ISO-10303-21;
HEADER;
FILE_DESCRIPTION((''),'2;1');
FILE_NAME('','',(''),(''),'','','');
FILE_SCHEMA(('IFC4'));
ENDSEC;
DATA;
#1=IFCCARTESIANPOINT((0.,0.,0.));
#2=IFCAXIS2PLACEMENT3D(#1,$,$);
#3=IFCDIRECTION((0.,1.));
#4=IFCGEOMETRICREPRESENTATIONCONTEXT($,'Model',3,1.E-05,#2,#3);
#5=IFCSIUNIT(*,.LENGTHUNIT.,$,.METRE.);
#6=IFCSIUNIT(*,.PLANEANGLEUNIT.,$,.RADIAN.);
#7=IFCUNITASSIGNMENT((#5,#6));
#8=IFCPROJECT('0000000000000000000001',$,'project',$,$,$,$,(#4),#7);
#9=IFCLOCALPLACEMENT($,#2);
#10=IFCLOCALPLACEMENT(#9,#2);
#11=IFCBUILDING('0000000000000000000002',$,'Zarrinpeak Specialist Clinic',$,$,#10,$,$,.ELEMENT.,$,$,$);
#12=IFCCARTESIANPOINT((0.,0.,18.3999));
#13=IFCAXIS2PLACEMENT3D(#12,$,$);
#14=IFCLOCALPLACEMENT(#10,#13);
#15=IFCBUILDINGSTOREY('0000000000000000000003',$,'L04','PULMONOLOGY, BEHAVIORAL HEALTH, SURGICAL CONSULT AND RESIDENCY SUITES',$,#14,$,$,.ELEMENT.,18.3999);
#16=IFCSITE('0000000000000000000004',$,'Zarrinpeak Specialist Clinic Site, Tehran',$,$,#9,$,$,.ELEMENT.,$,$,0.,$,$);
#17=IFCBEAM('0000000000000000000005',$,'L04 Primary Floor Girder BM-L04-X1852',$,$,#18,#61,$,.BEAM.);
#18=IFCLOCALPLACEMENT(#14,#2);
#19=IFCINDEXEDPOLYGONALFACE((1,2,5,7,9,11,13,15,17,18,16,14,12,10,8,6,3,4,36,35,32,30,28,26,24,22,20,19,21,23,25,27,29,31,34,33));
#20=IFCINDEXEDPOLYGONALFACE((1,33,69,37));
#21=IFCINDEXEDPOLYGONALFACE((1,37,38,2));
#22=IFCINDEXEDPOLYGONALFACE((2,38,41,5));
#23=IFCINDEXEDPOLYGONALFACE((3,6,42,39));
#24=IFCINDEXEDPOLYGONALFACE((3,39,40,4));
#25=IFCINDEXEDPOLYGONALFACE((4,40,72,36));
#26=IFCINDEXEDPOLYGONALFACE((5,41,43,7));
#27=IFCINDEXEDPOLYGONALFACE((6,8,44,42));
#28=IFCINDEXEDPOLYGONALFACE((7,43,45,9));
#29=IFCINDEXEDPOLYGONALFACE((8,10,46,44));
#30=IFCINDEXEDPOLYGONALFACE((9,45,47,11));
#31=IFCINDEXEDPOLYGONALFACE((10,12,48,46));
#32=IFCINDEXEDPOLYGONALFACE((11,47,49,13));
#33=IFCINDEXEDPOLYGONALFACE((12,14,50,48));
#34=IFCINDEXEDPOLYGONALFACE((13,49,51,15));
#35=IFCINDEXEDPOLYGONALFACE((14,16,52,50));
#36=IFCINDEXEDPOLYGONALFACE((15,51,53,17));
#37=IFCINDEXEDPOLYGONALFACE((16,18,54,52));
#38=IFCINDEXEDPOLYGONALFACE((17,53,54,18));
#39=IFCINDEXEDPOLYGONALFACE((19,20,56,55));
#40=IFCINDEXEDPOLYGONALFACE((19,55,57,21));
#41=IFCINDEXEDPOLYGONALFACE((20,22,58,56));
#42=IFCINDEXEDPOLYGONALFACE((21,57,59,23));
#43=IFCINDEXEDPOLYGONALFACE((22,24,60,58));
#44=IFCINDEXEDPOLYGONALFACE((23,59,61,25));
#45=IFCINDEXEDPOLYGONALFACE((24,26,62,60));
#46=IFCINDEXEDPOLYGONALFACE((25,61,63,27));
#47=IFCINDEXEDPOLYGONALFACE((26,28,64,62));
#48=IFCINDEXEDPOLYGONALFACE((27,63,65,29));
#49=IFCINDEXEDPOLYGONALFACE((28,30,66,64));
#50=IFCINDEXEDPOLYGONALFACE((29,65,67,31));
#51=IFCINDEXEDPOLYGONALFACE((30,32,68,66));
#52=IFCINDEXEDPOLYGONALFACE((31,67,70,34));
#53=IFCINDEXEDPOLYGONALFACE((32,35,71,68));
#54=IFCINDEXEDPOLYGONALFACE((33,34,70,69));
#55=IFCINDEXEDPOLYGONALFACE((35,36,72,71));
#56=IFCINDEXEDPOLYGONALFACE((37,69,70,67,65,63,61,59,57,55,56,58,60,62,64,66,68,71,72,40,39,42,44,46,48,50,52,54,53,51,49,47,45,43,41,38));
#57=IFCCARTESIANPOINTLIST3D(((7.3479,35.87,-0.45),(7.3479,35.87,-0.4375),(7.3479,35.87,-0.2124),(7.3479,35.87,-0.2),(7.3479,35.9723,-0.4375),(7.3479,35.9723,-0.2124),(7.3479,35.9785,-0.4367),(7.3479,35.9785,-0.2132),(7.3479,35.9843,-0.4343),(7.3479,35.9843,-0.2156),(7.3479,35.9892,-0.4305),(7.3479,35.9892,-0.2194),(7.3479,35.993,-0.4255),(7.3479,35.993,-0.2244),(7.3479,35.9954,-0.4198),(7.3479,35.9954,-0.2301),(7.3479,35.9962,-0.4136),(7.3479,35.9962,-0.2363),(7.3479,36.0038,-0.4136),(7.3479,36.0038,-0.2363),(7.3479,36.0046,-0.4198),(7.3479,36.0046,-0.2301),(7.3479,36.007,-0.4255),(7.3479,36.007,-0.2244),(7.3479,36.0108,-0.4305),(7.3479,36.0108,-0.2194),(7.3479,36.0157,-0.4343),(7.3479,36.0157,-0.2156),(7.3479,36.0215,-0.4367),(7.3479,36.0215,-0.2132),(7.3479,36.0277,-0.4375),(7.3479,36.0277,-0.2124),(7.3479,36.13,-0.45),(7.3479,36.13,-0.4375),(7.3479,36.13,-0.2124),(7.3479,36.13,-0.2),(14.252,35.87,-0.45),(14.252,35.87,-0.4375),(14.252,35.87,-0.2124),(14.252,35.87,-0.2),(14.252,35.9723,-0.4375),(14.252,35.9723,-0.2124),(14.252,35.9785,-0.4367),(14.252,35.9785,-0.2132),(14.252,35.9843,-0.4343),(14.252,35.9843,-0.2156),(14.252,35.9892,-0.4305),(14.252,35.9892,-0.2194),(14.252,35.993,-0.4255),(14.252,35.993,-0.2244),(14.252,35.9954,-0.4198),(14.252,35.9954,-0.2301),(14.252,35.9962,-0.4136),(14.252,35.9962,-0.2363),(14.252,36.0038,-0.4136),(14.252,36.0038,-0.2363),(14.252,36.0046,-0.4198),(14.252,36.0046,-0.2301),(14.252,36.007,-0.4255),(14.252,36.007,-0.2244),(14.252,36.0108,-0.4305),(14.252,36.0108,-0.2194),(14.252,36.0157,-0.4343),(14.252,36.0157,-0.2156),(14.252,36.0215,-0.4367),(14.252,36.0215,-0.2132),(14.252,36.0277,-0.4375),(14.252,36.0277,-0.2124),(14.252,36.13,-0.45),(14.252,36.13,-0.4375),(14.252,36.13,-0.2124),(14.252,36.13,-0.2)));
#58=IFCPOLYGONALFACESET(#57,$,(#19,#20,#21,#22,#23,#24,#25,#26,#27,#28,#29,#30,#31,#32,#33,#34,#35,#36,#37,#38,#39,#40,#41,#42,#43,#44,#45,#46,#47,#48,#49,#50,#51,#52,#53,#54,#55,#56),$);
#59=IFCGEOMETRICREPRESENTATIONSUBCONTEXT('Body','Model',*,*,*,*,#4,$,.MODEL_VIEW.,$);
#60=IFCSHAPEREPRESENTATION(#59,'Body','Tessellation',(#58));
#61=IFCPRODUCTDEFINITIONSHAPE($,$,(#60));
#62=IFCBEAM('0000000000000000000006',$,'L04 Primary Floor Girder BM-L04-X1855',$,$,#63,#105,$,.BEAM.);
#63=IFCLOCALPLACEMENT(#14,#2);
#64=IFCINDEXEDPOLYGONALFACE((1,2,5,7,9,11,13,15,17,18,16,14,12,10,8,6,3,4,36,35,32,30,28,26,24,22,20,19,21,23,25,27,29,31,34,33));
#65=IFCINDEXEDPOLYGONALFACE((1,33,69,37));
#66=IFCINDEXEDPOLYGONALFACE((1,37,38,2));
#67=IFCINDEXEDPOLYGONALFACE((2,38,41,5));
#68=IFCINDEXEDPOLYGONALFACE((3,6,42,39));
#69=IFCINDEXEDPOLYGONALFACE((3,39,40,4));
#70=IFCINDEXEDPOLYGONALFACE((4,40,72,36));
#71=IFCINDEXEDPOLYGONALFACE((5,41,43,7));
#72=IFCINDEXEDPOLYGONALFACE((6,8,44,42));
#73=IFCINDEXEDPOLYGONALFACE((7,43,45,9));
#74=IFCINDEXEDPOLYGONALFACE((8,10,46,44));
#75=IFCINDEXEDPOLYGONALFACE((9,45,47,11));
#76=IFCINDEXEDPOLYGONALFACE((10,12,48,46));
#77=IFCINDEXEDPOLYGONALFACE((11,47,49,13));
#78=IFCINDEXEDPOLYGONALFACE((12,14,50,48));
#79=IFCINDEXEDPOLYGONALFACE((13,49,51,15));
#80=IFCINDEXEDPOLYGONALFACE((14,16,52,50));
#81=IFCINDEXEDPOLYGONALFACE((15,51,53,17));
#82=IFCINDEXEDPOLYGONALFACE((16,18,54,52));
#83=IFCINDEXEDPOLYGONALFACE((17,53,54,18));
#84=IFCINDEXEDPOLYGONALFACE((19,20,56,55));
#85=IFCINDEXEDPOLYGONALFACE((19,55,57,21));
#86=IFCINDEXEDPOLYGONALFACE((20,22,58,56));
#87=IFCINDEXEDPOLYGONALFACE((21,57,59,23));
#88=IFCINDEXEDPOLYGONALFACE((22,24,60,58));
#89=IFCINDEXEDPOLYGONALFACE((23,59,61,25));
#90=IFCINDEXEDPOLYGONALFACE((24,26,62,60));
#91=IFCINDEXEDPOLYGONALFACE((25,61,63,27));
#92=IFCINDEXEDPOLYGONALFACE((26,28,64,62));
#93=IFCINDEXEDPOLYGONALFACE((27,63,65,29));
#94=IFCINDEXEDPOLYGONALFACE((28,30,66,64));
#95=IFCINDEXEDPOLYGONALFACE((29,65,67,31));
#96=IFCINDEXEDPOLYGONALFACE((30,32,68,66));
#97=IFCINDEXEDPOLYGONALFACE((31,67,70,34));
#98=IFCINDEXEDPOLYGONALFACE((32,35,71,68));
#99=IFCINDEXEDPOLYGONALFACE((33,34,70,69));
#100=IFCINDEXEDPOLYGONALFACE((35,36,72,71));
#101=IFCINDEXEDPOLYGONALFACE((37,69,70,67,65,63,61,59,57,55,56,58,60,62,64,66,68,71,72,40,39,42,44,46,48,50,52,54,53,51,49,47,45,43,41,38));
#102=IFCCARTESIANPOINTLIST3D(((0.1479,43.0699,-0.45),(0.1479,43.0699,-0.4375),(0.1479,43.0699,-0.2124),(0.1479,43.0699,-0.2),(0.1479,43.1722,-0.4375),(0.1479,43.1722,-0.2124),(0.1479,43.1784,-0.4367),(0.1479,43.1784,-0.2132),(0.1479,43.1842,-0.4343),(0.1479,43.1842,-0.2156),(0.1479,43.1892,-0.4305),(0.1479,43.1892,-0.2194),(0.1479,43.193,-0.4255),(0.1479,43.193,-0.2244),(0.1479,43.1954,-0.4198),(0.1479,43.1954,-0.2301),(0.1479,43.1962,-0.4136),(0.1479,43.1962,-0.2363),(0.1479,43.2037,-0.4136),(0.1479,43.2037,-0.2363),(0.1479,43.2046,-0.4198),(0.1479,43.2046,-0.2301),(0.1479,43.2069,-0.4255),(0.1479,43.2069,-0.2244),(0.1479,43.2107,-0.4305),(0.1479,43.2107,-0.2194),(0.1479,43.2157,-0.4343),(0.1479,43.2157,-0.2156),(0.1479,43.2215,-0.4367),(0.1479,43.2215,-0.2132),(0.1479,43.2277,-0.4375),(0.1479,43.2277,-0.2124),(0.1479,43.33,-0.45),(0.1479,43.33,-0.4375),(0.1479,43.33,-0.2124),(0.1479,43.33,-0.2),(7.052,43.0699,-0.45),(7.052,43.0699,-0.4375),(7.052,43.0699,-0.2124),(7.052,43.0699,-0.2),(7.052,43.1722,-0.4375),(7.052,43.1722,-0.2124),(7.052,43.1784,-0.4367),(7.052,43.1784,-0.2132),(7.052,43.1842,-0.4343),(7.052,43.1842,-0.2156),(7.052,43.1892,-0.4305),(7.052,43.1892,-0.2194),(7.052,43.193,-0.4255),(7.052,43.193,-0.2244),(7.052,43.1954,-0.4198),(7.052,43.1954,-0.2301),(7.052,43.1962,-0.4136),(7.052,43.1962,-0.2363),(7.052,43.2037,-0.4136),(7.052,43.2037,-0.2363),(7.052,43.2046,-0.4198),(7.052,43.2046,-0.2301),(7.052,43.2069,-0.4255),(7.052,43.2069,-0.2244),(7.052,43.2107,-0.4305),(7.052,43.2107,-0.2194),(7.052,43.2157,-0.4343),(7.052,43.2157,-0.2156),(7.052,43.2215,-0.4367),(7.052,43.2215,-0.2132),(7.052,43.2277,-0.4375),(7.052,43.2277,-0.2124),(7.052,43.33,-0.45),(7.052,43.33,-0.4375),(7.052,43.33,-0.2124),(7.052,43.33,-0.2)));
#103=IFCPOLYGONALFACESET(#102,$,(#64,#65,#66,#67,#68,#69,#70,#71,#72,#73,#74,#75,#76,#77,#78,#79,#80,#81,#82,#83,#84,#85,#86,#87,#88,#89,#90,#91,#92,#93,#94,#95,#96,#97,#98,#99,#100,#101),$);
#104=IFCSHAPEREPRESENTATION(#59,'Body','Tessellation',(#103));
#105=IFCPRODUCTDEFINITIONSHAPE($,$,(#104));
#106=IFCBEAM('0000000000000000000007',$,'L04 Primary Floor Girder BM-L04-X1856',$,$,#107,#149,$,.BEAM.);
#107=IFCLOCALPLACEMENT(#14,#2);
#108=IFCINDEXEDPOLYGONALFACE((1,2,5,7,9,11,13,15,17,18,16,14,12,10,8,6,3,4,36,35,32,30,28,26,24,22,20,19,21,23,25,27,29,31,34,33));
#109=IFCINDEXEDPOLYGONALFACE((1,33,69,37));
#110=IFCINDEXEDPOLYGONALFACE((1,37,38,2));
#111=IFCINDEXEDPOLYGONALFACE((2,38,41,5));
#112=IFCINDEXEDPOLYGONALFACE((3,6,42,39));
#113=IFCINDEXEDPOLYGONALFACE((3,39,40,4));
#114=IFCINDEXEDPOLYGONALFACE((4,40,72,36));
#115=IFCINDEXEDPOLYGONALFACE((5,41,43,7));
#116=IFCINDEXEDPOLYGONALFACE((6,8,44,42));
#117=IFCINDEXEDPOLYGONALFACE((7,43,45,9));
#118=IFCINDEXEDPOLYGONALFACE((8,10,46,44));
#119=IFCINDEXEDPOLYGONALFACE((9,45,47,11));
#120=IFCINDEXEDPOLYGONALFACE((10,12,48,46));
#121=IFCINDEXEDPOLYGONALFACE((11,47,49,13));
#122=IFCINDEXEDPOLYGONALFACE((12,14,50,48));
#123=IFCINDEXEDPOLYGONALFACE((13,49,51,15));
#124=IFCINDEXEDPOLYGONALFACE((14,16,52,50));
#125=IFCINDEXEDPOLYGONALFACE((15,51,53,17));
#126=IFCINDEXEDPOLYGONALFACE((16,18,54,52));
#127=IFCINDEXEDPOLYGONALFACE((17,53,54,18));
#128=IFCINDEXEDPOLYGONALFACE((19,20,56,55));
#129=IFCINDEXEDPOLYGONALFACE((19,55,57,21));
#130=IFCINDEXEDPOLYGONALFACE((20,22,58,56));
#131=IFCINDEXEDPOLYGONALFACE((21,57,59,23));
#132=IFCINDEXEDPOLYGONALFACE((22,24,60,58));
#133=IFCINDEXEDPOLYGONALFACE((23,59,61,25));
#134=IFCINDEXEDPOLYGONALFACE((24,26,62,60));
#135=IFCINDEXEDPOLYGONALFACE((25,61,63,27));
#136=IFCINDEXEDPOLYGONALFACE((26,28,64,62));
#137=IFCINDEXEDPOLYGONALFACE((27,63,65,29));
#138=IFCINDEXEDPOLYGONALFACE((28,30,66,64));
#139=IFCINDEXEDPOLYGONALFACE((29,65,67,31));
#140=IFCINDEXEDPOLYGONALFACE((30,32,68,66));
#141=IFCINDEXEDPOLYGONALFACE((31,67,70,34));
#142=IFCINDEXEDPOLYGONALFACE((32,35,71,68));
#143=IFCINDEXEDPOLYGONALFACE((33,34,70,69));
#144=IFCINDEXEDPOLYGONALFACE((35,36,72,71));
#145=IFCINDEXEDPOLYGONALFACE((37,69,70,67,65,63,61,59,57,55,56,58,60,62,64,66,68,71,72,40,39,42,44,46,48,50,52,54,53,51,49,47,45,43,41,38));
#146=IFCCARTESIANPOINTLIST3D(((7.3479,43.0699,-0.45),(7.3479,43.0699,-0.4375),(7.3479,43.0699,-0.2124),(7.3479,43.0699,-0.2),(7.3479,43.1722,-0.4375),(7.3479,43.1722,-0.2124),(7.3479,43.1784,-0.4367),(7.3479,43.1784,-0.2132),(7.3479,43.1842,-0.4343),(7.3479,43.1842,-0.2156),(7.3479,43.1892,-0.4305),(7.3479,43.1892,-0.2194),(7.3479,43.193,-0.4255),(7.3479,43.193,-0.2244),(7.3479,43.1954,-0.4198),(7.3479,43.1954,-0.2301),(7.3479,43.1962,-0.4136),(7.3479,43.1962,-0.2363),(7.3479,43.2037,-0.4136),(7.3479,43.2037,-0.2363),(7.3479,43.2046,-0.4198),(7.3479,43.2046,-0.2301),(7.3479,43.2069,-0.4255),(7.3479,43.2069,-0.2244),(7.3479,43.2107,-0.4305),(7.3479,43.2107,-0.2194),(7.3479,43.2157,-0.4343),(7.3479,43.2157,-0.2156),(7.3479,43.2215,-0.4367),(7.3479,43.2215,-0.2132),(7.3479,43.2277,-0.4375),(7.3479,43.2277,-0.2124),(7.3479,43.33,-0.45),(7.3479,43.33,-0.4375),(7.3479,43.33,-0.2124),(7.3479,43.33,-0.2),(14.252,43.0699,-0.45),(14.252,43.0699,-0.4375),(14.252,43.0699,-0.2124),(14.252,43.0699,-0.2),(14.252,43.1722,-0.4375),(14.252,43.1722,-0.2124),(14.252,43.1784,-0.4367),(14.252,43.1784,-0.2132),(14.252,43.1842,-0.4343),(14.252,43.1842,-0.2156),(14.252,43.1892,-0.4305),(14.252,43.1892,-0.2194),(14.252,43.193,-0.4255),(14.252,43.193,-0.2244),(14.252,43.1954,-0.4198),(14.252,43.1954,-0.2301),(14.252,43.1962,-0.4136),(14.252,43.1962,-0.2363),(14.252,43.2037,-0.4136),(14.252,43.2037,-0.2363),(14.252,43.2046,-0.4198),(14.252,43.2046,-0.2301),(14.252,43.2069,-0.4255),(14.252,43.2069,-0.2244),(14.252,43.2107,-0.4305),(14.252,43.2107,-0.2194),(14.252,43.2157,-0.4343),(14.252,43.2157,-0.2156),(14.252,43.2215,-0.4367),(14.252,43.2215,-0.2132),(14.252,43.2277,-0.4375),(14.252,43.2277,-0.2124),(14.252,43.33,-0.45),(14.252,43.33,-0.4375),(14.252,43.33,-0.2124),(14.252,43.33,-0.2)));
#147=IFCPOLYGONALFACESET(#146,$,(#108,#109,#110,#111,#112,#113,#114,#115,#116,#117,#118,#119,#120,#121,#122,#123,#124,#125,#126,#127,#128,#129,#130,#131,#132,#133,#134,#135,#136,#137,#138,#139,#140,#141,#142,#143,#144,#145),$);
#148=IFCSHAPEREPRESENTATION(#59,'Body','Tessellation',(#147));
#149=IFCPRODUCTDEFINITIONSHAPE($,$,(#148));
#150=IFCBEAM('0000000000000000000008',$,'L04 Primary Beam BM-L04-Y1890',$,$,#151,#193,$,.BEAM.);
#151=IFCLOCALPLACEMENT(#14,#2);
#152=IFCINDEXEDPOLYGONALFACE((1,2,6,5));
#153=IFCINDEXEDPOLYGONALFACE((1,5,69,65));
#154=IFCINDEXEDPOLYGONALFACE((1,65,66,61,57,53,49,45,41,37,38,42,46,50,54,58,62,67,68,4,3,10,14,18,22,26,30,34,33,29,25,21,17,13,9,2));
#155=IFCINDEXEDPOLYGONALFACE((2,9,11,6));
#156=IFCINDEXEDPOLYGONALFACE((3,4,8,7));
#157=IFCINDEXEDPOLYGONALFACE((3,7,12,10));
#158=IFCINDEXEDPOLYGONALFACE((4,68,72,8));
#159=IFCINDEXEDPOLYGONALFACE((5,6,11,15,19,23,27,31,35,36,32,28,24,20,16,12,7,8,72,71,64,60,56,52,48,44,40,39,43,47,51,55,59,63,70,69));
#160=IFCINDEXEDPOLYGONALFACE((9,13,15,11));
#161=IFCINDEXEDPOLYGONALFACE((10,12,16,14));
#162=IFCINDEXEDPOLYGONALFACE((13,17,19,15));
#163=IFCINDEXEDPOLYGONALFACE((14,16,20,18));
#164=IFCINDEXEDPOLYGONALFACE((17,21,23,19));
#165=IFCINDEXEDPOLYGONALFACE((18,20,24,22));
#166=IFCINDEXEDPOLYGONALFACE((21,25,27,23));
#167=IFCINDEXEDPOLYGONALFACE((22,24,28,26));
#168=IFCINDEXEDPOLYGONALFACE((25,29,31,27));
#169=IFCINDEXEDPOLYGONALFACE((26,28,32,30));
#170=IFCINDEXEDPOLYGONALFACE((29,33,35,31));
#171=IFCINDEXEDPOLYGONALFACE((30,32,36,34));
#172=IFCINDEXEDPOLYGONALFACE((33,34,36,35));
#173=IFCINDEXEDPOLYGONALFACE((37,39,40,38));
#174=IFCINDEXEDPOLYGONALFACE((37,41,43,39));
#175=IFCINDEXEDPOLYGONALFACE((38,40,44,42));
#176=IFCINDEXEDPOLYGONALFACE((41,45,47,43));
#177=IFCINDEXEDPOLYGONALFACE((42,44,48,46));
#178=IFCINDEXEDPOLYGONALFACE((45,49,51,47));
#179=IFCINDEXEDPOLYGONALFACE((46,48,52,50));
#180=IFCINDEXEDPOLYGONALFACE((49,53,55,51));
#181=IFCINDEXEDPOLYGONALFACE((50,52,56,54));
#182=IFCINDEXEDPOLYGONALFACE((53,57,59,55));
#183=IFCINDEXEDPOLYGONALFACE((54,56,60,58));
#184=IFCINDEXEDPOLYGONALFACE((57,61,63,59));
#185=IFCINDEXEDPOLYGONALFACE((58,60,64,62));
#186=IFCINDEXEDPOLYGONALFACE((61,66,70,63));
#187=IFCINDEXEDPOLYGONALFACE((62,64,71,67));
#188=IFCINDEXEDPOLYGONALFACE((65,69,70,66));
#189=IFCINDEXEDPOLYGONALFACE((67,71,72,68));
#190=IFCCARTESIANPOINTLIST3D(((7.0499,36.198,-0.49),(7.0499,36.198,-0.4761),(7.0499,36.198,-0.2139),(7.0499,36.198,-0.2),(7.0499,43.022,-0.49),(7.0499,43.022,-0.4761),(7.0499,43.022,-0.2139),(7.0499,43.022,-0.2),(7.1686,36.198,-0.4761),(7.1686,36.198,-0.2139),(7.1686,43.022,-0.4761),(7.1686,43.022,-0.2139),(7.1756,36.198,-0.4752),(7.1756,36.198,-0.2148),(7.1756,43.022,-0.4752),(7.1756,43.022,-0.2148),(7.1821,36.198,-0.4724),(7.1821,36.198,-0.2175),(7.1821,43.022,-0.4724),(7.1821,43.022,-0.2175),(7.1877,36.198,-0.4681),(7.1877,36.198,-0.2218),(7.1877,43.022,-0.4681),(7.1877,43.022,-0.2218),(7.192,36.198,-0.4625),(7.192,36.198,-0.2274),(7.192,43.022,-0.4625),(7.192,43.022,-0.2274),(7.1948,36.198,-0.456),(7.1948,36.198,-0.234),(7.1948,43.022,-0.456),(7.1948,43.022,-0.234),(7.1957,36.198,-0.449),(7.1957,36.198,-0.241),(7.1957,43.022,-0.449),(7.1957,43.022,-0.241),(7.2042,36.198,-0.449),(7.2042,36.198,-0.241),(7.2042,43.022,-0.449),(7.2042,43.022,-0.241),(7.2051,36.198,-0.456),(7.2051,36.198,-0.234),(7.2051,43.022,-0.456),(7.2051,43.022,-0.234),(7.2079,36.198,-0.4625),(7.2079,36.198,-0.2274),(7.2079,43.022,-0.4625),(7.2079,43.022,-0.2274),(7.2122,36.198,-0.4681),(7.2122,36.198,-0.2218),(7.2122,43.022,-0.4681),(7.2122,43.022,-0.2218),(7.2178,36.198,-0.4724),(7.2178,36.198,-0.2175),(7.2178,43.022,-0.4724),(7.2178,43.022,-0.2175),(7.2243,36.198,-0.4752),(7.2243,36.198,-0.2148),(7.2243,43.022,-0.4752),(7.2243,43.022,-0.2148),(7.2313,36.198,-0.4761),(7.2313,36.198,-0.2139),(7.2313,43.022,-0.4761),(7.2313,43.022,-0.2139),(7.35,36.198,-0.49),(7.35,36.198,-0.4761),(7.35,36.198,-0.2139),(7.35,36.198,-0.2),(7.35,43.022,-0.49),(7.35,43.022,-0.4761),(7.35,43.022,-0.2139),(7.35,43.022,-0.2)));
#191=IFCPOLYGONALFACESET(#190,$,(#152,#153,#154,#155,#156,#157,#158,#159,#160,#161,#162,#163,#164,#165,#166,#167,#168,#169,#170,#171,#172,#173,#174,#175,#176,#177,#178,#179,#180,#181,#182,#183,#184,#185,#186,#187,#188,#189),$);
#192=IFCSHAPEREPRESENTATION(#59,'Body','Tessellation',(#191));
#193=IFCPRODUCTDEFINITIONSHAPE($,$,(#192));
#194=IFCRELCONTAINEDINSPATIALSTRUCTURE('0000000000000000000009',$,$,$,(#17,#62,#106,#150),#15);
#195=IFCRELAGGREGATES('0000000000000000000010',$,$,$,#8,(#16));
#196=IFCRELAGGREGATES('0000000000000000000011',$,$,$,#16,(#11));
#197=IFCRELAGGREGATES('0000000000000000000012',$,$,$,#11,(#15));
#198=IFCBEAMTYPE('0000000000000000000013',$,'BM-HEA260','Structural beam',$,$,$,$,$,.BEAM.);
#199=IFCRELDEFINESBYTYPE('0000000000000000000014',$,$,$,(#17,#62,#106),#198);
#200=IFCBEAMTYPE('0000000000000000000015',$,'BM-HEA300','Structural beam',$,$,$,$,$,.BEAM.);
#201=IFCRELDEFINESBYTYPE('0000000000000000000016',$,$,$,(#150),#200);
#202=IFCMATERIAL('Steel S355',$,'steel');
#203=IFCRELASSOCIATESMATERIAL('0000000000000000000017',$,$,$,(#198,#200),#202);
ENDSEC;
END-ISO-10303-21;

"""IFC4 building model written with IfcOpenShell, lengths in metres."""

from ifc_helpers import new_model, si_unit, direction, frame, origin, origin_2d, place, context, subcontext, project, spatial, i_section, extrude, material, material_profile, profile_set, type_object, element, save


model = new_model("IFC4")

# Units and contexts
model_context = context("Model", 3, precision=1e-05, world=origin(), true_north=direction((0.0, 1.0)))
body_context = subcontext(model_context, "Body", "Model", "MODEL_VIEW")
ifc_project = project(units=[si_unit("LENGTHUNIT", "METRE"), si_unit("PLANEANGLEUNIT", "RADIAN")], contexts=[model_context])

# Site, building, storey
site_placement = place(None, origin())
site = spatial("IfcSite", under=ifc_project, at=site_placement, Name="Zarrinpeak Specialist Clinic Site, Tehran", CompositionType="ELEMENT", RefElevation=0.0)
building_placement = place(site_placement, origin())
building = spatial("IfcBuilding", under=site, at=building_placement, Name="Zarrinpeak Specialist Clinic", CompositionType="ELEMENT")
storey_placement = place(building_placement, frame((0.0, 0.0, 18.3999)))
storey = spatial("IfcBuildingStorey", under=building, at=storey_placement, Name="L04", Description="PULMONOLOGY, BEHAVIORAL HEALTH, SURGICAL CONSULT AND RESIDENCY SUITES", CompositionType="ELEMENT", Elevation=18.3999)

# Shared definitions
ifc_material_1 = material(Name="Steel S355", Category="steel")

# Beams
ifc_material_profile_1 = material_profile(ifc_material_1, i_section(OverallWidth=0.26, OverallDepth=0.25, WebThickness=0.0076, FlangeThickness=0.0125, FilletRadius=0.0239, at=origin_2d()), Name="HEA 260")
ifc_profile_set_1 = profile_set([ifc_material_profile_1], Name="Steel S355")
beam_type_1 = type_object("IfcBeamType", Name="BM-HEA260", Description="Structural beam", PredefinedType="BEAM", material=ifc_profile_set_1)
for number, where, z_axis, x_axis, name in (
    (1, (7.3479, 36.0, -0.325), (1.0, 0.0, 0.0), (0.0, 1.0, 0.0), "L04 Primary Floor Girder BM-L04-X1852"),
    (2, (0.1479, 43.2, -0.325), (1.0, 0.0, 0.0), (0.0, 1.0, 0.0), "L04 Primary Floor Girder BM-L04-X1855"),
    (3, (7.3479, 43.2, -0.325), (1.0, 0.0, 0.0), (0.0, 1.0, 0.0), "L04 Primary Floor Girder BM-L04-X1856"),
):
    element("IfcBeam", number, at=place(storey_placement, frame(where, z_axis=z_axis, x_axis=x_axis)), inside=storey, type_object=beam_type_1, Name=name, PredefinedType="BEAM", context=body_context, shape_type="SweptSolid", body=[
        extrude(i_section(OverallWidth=0.26, OverallDepth=0.25, WebThickness=0.0076, FlangeThickness=0.0125, FilletRadius=0.0239, at=origin_2d()), origin(), (0.0, 0.0, 1.0), 6.9041),
    ])
ifc_material_profile_2 = material_profile(ifc_material_1, i_section(OverallWidth=0.3, OverallDepth=0.29, WebThickness=0.0085, FlangeThickness=0.0139, FilletRadius=0.0271, at=origin_2d()), Name="HEA 300")
ifc_profile_set_2 = profile_set([ifc_material_profile_2], Name="Steel S355")
beam_type_2 = type_object("IfcBeamType", Name="BM-HEA300", Description="Structural beam", PredefinedType="BEAM", material=ifc_profile_set_2)
beam_1_placement = place(storey_placement, frame((7.2, 36.198, -0.345), z_axis=(0.0, 1.0, 0.0), x_axis=(-1.0, 0.0, 0.0)))
element("IfcBeam", 4, at=beam_1_placement, inside=storey, type_object=beam_type_2, Name="L04 Primary Beam BM-L04-Y1890", PredefinedType="BEAM", context=body_context, shape_type="SweptSolid", body=[
    extrude(i_section(OverallWidth=0.3, OverallDepth=0.29, WebThickness=0.0085, FlangeThickness=0.0139, FilletRadius=0.0271, at=origin_2d()), origin(), (0.0, 0.0, 1.0), 6.824),
])

save(model, "model.ifc")
